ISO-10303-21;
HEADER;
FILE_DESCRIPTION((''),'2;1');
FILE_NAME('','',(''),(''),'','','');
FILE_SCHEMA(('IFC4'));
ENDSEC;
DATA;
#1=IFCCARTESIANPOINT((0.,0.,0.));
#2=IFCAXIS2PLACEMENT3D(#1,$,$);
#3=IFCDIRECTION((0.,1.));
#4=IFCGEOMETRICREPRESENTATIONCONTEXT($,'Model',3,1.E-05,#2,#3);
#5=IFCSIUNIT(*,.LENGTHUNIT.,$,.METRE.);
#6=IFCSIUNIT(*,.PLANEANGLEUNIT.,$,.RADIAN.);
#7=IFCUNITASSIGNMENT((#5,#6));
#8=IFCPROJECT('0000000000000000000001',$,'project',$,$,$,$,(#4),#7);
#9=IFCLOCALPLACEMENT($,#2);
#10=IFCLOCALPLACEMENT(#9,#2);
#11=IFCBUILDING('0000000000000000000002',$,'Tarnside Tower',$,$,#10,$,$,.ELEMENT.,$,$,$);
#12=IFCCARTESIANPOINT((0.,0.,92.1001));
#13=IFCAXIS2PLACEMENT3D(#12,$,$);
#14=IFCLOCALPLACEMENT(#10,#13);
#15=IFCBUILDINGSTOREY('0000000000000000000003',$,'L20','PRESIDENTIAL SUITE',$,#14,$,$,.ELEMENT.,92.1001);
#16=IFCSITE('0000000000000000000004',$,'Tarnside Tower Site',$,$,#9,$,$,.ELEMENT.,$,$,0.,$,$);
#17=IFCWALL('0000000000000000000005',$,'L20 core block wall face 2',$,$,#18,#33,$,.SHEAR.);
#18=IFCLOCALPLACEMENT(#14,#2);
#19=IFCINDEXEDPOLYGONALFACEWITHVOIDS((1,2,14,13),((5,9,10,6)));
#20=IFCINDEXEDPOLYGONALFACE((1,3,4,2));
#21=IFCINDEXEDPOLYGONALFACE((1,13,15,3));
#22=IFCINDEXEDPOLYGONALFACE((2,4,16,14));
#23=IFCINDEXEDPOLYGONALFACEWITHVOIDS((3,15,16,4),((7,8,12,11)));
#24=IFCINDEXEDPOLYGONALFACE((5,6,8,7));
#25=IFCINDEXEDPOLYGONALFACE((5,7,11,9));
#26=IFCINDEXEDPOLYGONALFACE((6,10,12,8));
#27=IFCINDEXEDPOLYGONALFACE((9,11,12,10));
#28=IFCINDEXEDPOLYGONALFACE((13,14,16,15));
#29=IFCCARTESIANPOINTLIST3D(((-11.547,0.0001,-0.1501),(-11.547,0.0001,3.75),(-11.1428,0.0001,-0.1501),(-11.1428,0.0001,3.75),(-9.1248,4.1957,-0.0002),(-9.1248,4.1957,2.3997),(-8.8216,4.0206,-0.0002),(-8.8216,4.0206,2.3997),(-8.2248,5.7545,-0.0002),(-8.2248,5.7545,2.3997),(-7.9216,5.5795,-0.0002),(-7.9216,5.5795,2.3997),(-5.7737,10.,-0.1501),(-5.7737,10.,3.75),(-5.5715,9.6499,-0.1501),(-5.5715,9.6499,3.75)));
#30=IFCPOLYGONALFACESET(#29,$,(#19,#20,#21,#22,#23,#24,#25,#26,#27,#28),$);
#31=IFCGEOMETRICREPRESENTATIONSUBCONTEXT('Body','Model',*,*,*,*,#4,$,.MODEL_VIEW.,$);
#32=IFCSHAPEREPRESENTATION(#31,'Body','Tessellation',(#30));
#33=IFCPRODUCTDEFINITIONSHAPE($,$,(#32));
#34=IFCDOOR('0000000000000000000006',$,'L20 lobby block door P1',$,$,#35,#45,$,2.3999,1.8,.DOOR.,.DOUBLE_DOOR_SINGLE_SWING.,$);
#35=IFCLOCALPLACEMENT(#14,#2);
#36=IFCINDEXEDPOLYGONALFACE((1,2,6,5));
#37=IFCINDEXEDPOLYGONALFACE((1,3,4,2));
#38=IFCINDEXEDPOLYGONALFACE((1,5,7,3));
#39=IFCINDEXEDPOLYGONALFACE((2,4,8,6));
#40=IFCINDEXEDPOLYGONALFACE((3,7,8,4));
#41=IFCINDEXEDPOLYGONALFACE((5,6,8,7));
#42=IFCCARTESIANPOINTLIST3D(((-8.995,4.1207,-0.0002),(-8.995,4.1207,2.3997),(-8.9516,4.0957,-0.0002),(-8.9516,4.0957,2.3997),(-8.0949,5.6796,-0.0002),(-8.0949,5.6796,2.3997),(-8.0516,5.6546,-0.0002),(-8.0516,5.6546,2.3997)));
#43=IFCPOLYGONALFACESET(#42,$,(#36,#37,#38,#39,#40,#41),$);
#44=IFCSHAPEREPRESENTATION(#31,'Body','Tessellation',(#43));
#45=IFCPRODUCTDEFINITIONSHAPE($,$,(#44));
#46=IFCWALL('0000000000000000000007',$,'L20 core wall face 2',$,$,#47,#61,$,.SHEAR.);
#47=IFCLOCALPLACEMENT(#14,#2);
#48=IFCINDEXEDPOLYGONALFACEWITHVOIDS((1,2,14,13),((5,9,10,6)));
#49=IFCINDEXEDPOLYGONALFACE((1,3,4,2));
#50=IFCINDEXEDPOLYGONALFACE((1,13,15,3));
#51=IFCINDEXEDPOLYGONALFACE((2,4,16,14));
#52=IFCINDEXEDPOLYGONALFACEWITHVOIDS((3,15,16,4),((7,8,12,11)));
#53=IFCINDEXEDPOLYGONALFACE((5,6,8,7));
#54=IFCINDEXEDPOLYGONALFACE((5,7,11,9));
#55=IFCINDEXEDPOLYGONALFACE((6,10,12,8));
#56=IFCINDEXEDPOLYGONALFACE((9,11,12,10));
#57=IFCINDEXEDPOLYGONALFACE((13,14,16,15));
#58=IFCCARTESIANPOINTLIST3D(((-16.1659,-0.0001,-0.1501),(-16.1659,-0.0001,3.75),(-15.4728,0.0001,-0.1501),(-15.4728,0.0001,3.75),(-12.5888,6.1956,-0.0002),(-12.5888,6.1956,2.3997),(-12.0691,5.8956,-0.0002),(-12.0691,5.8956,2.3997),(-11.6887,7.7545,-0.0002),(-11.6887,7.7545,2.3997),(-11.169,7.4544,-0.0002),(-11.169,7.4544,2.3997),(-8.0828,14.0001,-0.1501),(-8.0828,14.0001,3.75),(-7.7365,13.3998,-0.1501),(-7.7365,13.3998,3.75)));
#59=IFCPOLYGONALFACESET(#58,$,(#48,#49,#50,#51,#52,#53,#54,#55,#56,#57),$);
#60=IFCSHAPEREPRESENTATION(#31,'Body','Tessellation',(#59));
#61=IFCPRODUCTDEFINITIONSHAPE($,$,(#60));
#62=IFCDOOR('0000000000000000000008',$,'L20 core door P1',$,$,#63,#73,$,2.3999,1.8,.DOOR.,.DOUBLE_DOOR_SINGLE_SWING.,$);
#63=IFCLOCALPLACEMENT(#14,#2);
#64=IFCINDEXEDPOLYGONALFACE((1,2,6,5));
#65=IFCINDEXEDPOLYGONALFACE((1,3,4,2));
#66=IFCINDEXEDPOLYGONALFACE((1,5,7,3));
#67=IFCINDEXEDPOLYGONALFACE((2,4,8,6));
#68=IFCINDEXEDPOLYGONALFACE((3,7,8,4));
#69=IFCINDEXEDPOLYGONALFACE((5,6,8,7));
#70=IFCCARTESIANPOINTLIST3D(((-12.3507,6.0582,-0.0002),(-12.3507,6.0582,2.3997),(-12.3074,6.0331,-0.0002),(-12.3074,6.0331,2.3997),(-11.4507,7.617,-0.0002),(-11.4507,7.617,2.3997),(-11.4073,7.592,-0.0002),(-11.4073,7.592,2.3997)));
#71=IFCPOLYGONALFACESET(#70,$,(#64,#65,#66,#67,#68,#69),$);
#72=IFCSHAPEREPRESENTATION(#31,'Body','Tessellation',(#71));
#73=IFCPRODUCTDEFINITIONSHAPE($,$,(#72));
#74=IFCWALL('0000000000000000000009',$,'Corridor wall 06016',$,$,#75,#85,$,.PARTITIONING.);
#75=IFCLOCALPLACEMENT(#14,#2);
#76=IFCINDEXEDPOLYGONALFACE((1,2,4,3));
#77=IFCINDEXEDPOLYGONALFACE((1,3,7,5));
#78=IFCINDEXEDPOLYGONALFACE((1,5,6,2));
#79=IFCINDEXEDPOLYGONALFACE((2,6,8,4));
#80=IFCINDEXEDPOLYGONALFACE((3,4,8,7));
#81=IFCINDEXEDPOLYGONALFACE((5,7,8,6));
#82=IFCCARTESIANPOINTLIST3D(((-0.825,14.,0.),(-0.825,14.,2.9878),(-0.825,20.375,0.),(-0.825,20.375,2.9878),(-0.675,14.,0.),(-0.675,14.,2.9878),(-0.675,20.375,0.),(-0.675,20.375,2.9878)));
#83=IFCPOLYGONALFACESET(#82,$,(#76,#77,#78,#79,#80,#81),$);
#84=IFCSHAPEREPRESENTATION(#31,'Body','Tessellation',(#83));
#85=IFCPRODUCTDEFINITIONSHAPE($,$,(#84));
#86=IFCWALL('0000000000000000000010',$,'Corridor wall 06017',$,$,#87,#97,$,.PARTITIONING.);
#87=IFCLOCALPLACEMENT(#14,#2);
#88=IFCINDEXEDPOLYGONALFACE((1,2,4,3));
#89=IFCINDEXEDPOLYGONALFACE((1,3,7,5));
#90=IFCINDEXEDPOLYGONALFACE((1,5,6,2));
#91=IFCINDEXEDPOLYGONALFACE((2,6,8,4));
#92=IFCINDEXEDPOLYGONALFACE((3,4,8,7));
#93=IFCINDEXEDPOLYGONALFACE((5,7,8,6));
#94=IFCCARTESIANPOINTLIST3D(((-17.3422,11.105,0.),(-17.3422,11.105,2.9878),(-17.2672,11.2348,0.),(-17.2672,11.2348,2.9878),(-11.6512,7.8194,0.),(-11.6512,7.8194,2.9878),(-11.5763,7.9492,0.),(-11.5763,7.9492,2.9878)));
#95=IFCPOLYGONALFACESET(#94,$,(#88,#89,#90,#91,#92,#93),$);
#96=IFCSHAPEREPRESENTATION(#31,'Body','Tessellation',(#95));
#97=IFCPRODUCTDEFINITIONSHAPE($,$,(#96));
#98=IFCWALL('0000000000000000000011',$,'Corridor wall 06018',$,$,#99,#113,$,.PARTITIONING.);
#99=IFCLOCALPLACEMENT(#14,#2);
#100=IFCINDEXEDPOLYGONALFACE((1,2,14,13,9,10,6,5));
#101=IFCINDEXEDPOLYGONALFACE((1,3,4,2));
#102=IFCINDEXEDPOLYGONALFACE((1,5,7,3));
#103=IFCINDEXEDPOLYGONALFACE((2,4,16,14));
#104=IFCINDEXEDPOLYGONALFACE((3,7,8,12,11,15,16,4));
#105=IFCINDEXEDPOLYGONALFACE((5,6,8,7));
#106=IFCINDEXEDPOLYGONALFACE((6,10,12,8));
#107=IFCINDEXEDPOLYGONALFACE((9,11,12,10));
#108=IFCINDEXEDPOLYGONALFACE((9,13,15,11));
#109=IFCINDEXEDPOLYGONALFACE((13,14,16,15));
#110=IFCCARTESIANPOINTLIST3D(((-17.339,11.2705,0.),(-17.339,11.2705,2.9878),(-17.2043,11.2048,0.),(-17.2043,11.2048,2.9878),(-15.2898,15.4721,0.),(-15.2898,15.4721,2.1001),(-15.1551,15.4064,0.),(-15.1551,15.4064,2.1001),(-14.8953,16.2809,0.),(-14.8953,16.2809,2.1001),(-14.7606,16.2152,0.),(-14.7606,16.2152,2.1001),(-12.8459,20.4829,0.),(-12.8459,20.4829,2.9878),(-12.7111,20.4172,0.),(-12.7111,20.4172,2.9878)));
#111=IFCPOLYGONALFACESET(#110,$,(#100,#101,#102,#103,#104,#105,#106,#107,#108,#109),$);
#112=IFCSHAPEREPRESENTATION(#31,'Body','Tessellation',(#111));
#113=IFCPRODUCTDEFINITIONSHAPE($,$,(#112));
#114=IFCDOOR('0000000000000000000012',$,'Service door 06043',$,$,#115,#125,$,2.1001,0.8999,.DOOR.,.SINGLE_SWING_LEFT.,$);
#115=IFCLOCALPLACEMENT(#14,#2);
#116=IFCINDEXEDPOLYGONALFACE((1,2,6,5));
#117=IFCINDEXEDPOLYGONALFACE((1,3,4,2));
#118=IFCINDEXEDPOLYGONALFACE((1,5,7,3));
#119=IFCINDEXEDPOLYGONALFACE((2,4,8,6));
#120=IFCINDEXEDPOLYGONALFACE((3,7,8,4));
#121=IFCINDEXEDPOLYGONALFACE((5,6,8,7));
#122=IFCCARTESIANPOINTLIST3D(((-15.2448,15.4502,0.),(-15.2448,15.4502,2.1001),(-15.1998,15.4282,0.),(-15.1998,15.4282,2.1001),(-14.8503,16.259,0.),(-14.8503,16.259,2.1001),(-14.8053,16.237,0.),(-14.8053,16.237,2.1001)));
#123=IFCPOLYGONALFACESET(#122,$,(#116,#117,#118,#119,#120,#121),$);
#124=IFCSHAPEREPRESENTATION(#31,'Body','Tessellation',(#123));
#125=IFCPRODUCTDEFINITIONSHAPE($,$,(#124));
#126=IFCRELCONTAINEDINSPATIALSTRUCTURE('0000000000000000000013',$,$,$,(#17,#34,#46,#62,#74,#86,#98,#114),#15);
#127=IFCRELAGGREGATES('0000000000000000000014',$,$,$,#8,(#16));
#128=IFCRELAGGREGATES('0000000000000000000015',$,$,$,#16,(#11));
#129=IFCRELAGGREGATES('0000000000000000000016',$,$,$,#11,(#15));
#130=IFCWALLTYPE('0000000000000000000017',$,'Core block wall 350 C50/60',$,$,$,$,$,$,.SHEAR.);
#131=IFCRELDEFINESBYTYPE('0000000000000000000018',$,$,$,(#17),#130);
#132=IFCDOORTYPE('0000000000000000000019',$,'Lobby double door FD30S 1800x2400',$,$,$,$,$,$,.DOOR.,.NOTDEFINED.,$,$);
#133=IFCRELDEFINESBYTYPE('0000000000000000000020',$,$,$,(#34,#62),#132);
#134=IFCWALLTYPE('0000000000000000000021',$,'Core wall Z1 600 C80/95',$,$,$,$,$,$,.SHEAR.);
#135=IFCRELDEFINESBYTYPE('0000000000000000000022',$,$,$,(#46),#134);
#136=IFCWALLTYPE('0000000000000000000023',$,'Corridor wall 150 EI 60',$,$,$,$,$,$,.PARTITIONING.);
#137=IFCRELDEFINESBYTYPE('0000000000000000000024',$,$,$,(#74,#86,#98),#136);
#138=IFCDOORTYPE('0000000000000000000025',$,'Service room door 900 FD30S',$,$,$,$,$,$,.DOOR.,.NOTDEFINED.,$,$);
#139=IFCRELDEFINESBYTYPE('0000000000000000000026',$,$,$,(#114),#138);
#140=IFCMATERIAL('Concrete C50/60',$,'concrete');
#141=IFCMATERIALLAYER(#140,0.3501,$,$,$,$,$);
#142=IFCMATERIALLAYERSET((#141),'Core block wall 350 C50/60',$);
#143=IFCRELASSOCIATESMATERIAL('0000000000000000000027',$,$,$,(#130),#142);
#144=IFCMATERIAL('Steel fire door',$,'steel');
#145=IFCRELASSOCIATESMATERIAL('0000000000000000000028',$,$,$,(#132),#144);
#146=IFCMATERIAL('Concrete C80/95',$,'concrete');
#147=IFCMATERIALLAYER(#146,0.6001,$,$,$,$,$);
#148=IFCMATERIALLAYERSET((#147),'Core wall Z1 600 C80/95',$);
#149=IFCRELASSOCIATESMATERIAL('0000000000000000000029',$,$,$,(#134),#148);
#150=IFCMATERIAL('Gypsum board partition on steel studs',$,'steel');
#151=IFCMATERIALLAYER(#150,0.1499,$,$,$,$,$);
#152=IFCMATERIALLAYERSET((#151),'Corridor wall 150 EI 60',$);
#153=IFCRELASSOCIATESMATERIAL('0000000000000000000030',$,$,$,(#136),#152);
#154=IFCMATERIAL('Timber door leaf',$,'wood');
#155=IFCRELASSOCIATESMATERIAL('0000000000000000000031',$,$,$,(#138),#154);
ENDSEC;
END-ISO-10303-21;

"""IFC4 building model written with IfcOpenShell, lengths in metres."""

from ifc_helpers import new_model, si_unit, direction, frame, frame_2d, origin, place, context, subcontext, project, spatial, polyline, rectangle, outline, extrude, material, layer, layer_set, type_object, element, fill, save


model = new_model("IFC4")

# Units and contexts
model_context = context("Model", 3, precision=1e-05, world=origin(), true_north=direction((0.0, 1.0)))
body_context = subcontext(model_context, "Body", "Model", "MODEL_VIEW")
ifc_project = project(units=[si_unit("LENGTHUNIT", "METRE"), si_unit("PLANEANGLEUNIT", "RADIAN")], contexts=[model_context])

# Site, building, storey
site_placement = place(None, origin())
site = spatial("IfcSite", under=ifc_project, at=site_placement, Name="Tarnside Tower Site", CompositionType="ELEMENT", RefElevation=0.0)
building_placement = place(site_placement, origin())
building = spatial("IfcBuilding", under=site, at=building_placement, Name="Tarnside Tower", CompositionType="ELEMENT")
storey_placement = place(building_placement, frame((0.0, 0.0, 92.1001)))
storey = spatial("IfcBuildingStorey", under=building, at=storey_placement, Name="L20", Description="PRESIDENTIAL SUITE", CompositionType="ELEMENT", Elevation=92.1001)

# Walls, openings, doors
ifc_material_1 = material(Name="Concrete C50/60", Category="concrete")
ifc_layer_1 = layer(ifc_material_1, 0.3501)
ifc_layer_set_1 = layer_set([ifc_layer_1], Name="Core block wall 350 C50/60")
wall_type_1 = type_object("IfcWallType", Name="Core block wall 350 C50/60", PredefinedType="SHEAR", material=ifc_layer_set_1)
wall_1_placement = place(storey_placement, frame((-5.6726, 9.825, -0.1501), z_axis=(0.0, 0.0, 1.0), x_axis=(-0.499995, -0.866028, 0.0)))
wall_1 = element("IfcWall", 1, at=wall_1_placement, inside=storey, type_object=wall_type_1, Name="L20 core block wall face 2", PredefinedType="SHEAR", context=body_context, shape_type="SweptSolid", body=[
    extrude(outline(polyline([(-0.1011, -0.175), (11.4458, -0.175), (11.2437, 0.175), (0.1011, 0.175), (-0.1011, -0.175)])), origin(), (0.0, 0.0, 1.0), 3.9001),
])
opening_1_placement = place(wall_1_placement, frame((4.8013, 0.0, 0.1499)))
opening_1 = element("IfcOpeningElement", 2, at=opening_1_placement, cuts=wall_1, PredefinedType="OPENING", context=body_context, shape_type="SweptSolid", body=[
    extrude(rectangle(XDim=1.8, YDim=2.3999, at=frame_2d((0.8999, 1.2))), frame((0.0, 0.1851, 0.0), z_axis=(0.0, -1.0, 0.0), x_axis=(1.0, 0.0, 0.0)), (0.0, 0.0, 1.0), 0.3701),
])
ifc_material_2 = material(Name="Steel fire door", Category="steel")
door_type_1 = type_object("IfcDoorType", Name="Lobby double door FD30S 1800x2400", OperationType="NOTDEFINED", PredefinedType="DOOR", material=ifc_material_2)
door_1_placement = place(opening_1_placement, origin())
door_1 = element("IfcDoor", 3, at=door_1_placement, inside=storey, type_object=door_type_1, Name="L20 lobby block door P1", OperationType="DOUBLE_DOOR_SINGLE_SWING", OverallHeight=2.3999, OverallWidth=1.8, PredefinedType="DOOR", context=body_context, shape_type="SweptSolid", body=[
    extrude(rectangle(XDim=1.8, YDim=2.3999, at=frame_2d((0.8999, 1.2))), frame((0.0, 0.0249, 0.0), z_axis=(0.0, -1.0, 0.0), x_axis=(1.0, 0.0, 0.0)), (0.0, 0.0, 1.0), 0.05),
])
fill(opening_1, door_1)
ifc_material_3 = material(Name="Concrete C80/95", Category="concrete")
ifc_layer_2 = layer(ifc_material_3, 0.6001)
ifc_layer_set_2 = layer_set([ifc_layer_2], Name="Core wall Z1 600 C80/95")
wall_type_2 = type_object("IfcWallType", Name="Core wall Z1 600 C80/95", PredefinedType="SHEAR", material=ifc_layer_set_2)
wall_2_placement = place(storey_placement, frame((-7.9097, 13.7, -0.1501), z_axis=(0.0, 0.0, 1.0), x_axis=(-0.5, -0.866025, 0.0)))
wall_2 = element("IfcWall", 4, at=wall_2_placement, inside=storey, type_object=wall_type_2, Name="L20 core wall face 2", PredefinedType="SHEAR", context=body_context, shape_type="SweptSolid", body=[
    extrude(outline(polyline([(-0.1733, -0.3), (15.9927, -0.3), (15.646, 0.3), (0.1733, 0.3), (-0.1733, -0.3)])), origin(), (0.0, 0.0, 1.0), 3.9001),
])
opening_2_placement = place(wall_2_placement, frame((7.0386, 0.0, 0.1499)))
opening_2 = element("IfcOpeningElement", 5, at=opening_2_placement, cuts=wall_2, PredefinedType="OPENING", context=body_context, shape_type="SweptSolid", body=[
    extrude(rectangle(XDim=1.8, YDim=2.3999, at=frame_2d((0.8999, 1.2))), frame((0.0, 0.3101, 0.0), z_axis=(0.0, -1.0, 0.0), x_axis=(1.0, 0.0, 0.0)), (0.0, 0.0, 1.0), 0.6201),
])
door_2_placement = place(opening_2_placement, origin())
door_2 = element("IfcDoor", 6, at=door_2_placement, inside=storey, type_object=door_type_1, Name="L20 core door P1", OperationType="DOUBLE_DOOR_SINGLE_SWING", OverallHeight=2.3999, OverallWidth=1.8, PredefinedType="DOOR", context=body_context, shape_type="SweptSolid", body=[
    extrude(rectangle(XDim=1.8, YDim=2.3999, at=frame_2d((0.8999, 1.2))), frame((0.0, 0.0249, 0.0), z_axis=(0.0, -1.0, 0.0), x_axis=(1.0, 0.0, 0.0)), (0.0, 0.0, 1.0), 0.05),
])
fill(opening_2, door_2)

# Walls
ifc_material_4 = material(Name="Gypsum board partition on steel studs", Category="steel")
ifc_layer_3 = layer(ifc_material_4, 0.1499)
ifc_layer_set_3 = layer_set([ifc_layer_3], Name="Corridor wall 150 EI 60")
wall_type_3 = type_object("IfcWallType", Name="Corridor wall 150 EI 60", PredefinedType="PARTITIONING", material=ifc_layer_set_3)
wall_3_placement = place(storey_placement, frame((-0.75, 20.375, 0.0), z_axis=(0.0, 0.0, 1.0), x_axis=(0.0, -1.0, 0.0)))
element("IfcWall", 7, at=wall_3_placement, inside=storey, type_object=wall_type_3, Name="Corridor wall 06016", PredefinedType="PARTITIONING", context=body_context, shape_type="SweptSolid", body=[
    extrude(rectangle(XDim=6.375, YDim=0.1499, at=frame_2d((3.1875, 0.0))), origin(), (0.0, 0.0, 1.0), 2.9878),
])
wall_4_placement = place(storey_placement, frame((-11.6138, 7.8843, 0.0), z_axis=(0.0, 0.0, 1.0), x_axis=(-0.866026, 0.499999, 0.0)))
element("IfcWall", 8, at=wall_4_placement, inside=storey, type_object=wall_type_3, Name="Corridor wall 06017", PredefinedType="PARTITIONING", context=body_context, shape_type="SweptSolid", body=[
    extrude(rectangle(XDim=6.5713, YDim=0.1499, at=frame_2d((3.2856, 0.0))), origin(), (0.0, 0.0, 1.0), 2.9878),
])

# Wall, opening, door
wall_5_placement = place(storey_placement, frame((-17.2717, 11.2375, 0.0), z_axis=(0.0, 0.0, 1.0), x_axis=(0.438369, 0.898795, 0.0)))
wall_5 = element("IfcWall", 9, at=wall_5_placement, inside=storey, type_object=wall_type_3, Name="Corridor wall 06018", PredefinedType="PARTITIONING", context=body_context, shape_type="SweptSolid", body=[
    extrude(rectangle(XDim=10.2498, YDim=0.1499, at=frame_2d((5.125, 0.0))), origin(), (0.0, 0.0, 1.0), 2.9878),
])
opening_3_placement = place(wall_5_placement, frame((4.6748, 0.0, 0.0)))
opening_3 = element("IfcOpeningElement", 10, at=opening_3_placement, cuts=wall_5, PredefinedType="OPENING", context=body_context, shape_type="SweptSolid", body=[
    extrude(rectangle(XDim=0.8999, YDim=2.1001, at=frame_2d((0.45, 1.05))), frame((0.0, 0.085, 0.0), z_axis=(0.0, -1.0, 0.0), x_axis=(1.0, 0.0, 0.0)), (0.0, 0.0, 1.0), 0.1699),
])
ifc_material_5 = material(Name="Timber door leaf", Category="wood")
door_type_2 = type_object("IfcDoorType", Name="Service room door 900 FD30S", OperationType="NOTDEFINED", PredefinedType="DOOR", material=ifc_material_5)
door_3_placement = place(opening_3_placement, origin())
door_3 = element("IfcDoor", 11, at=door_3_placement, inside=storey, type_object=door_type_2, Name="Service door 06043", OperationType="SINGLE_SWING_LEFT", OverallHeight=2.1001, OverallWidth=0.8999, PredefinedType="DOOR", context=body_context, shape_type="SweptSolid", body=[
    extrude(rectangle(XDim=0.8999, YDim=2.1001, at=frame_2d((0.45, 1.05))), frame((0.0, 0.0249, 0.0), z_axis=(0.0, -1.0, 0.0), x_axis=(1.0, 0.0, 0.0)), (0.0, 0.0, 1.0), 0.05),
])
fill(opening_3, door_3)

save(model, "model.ifc")
